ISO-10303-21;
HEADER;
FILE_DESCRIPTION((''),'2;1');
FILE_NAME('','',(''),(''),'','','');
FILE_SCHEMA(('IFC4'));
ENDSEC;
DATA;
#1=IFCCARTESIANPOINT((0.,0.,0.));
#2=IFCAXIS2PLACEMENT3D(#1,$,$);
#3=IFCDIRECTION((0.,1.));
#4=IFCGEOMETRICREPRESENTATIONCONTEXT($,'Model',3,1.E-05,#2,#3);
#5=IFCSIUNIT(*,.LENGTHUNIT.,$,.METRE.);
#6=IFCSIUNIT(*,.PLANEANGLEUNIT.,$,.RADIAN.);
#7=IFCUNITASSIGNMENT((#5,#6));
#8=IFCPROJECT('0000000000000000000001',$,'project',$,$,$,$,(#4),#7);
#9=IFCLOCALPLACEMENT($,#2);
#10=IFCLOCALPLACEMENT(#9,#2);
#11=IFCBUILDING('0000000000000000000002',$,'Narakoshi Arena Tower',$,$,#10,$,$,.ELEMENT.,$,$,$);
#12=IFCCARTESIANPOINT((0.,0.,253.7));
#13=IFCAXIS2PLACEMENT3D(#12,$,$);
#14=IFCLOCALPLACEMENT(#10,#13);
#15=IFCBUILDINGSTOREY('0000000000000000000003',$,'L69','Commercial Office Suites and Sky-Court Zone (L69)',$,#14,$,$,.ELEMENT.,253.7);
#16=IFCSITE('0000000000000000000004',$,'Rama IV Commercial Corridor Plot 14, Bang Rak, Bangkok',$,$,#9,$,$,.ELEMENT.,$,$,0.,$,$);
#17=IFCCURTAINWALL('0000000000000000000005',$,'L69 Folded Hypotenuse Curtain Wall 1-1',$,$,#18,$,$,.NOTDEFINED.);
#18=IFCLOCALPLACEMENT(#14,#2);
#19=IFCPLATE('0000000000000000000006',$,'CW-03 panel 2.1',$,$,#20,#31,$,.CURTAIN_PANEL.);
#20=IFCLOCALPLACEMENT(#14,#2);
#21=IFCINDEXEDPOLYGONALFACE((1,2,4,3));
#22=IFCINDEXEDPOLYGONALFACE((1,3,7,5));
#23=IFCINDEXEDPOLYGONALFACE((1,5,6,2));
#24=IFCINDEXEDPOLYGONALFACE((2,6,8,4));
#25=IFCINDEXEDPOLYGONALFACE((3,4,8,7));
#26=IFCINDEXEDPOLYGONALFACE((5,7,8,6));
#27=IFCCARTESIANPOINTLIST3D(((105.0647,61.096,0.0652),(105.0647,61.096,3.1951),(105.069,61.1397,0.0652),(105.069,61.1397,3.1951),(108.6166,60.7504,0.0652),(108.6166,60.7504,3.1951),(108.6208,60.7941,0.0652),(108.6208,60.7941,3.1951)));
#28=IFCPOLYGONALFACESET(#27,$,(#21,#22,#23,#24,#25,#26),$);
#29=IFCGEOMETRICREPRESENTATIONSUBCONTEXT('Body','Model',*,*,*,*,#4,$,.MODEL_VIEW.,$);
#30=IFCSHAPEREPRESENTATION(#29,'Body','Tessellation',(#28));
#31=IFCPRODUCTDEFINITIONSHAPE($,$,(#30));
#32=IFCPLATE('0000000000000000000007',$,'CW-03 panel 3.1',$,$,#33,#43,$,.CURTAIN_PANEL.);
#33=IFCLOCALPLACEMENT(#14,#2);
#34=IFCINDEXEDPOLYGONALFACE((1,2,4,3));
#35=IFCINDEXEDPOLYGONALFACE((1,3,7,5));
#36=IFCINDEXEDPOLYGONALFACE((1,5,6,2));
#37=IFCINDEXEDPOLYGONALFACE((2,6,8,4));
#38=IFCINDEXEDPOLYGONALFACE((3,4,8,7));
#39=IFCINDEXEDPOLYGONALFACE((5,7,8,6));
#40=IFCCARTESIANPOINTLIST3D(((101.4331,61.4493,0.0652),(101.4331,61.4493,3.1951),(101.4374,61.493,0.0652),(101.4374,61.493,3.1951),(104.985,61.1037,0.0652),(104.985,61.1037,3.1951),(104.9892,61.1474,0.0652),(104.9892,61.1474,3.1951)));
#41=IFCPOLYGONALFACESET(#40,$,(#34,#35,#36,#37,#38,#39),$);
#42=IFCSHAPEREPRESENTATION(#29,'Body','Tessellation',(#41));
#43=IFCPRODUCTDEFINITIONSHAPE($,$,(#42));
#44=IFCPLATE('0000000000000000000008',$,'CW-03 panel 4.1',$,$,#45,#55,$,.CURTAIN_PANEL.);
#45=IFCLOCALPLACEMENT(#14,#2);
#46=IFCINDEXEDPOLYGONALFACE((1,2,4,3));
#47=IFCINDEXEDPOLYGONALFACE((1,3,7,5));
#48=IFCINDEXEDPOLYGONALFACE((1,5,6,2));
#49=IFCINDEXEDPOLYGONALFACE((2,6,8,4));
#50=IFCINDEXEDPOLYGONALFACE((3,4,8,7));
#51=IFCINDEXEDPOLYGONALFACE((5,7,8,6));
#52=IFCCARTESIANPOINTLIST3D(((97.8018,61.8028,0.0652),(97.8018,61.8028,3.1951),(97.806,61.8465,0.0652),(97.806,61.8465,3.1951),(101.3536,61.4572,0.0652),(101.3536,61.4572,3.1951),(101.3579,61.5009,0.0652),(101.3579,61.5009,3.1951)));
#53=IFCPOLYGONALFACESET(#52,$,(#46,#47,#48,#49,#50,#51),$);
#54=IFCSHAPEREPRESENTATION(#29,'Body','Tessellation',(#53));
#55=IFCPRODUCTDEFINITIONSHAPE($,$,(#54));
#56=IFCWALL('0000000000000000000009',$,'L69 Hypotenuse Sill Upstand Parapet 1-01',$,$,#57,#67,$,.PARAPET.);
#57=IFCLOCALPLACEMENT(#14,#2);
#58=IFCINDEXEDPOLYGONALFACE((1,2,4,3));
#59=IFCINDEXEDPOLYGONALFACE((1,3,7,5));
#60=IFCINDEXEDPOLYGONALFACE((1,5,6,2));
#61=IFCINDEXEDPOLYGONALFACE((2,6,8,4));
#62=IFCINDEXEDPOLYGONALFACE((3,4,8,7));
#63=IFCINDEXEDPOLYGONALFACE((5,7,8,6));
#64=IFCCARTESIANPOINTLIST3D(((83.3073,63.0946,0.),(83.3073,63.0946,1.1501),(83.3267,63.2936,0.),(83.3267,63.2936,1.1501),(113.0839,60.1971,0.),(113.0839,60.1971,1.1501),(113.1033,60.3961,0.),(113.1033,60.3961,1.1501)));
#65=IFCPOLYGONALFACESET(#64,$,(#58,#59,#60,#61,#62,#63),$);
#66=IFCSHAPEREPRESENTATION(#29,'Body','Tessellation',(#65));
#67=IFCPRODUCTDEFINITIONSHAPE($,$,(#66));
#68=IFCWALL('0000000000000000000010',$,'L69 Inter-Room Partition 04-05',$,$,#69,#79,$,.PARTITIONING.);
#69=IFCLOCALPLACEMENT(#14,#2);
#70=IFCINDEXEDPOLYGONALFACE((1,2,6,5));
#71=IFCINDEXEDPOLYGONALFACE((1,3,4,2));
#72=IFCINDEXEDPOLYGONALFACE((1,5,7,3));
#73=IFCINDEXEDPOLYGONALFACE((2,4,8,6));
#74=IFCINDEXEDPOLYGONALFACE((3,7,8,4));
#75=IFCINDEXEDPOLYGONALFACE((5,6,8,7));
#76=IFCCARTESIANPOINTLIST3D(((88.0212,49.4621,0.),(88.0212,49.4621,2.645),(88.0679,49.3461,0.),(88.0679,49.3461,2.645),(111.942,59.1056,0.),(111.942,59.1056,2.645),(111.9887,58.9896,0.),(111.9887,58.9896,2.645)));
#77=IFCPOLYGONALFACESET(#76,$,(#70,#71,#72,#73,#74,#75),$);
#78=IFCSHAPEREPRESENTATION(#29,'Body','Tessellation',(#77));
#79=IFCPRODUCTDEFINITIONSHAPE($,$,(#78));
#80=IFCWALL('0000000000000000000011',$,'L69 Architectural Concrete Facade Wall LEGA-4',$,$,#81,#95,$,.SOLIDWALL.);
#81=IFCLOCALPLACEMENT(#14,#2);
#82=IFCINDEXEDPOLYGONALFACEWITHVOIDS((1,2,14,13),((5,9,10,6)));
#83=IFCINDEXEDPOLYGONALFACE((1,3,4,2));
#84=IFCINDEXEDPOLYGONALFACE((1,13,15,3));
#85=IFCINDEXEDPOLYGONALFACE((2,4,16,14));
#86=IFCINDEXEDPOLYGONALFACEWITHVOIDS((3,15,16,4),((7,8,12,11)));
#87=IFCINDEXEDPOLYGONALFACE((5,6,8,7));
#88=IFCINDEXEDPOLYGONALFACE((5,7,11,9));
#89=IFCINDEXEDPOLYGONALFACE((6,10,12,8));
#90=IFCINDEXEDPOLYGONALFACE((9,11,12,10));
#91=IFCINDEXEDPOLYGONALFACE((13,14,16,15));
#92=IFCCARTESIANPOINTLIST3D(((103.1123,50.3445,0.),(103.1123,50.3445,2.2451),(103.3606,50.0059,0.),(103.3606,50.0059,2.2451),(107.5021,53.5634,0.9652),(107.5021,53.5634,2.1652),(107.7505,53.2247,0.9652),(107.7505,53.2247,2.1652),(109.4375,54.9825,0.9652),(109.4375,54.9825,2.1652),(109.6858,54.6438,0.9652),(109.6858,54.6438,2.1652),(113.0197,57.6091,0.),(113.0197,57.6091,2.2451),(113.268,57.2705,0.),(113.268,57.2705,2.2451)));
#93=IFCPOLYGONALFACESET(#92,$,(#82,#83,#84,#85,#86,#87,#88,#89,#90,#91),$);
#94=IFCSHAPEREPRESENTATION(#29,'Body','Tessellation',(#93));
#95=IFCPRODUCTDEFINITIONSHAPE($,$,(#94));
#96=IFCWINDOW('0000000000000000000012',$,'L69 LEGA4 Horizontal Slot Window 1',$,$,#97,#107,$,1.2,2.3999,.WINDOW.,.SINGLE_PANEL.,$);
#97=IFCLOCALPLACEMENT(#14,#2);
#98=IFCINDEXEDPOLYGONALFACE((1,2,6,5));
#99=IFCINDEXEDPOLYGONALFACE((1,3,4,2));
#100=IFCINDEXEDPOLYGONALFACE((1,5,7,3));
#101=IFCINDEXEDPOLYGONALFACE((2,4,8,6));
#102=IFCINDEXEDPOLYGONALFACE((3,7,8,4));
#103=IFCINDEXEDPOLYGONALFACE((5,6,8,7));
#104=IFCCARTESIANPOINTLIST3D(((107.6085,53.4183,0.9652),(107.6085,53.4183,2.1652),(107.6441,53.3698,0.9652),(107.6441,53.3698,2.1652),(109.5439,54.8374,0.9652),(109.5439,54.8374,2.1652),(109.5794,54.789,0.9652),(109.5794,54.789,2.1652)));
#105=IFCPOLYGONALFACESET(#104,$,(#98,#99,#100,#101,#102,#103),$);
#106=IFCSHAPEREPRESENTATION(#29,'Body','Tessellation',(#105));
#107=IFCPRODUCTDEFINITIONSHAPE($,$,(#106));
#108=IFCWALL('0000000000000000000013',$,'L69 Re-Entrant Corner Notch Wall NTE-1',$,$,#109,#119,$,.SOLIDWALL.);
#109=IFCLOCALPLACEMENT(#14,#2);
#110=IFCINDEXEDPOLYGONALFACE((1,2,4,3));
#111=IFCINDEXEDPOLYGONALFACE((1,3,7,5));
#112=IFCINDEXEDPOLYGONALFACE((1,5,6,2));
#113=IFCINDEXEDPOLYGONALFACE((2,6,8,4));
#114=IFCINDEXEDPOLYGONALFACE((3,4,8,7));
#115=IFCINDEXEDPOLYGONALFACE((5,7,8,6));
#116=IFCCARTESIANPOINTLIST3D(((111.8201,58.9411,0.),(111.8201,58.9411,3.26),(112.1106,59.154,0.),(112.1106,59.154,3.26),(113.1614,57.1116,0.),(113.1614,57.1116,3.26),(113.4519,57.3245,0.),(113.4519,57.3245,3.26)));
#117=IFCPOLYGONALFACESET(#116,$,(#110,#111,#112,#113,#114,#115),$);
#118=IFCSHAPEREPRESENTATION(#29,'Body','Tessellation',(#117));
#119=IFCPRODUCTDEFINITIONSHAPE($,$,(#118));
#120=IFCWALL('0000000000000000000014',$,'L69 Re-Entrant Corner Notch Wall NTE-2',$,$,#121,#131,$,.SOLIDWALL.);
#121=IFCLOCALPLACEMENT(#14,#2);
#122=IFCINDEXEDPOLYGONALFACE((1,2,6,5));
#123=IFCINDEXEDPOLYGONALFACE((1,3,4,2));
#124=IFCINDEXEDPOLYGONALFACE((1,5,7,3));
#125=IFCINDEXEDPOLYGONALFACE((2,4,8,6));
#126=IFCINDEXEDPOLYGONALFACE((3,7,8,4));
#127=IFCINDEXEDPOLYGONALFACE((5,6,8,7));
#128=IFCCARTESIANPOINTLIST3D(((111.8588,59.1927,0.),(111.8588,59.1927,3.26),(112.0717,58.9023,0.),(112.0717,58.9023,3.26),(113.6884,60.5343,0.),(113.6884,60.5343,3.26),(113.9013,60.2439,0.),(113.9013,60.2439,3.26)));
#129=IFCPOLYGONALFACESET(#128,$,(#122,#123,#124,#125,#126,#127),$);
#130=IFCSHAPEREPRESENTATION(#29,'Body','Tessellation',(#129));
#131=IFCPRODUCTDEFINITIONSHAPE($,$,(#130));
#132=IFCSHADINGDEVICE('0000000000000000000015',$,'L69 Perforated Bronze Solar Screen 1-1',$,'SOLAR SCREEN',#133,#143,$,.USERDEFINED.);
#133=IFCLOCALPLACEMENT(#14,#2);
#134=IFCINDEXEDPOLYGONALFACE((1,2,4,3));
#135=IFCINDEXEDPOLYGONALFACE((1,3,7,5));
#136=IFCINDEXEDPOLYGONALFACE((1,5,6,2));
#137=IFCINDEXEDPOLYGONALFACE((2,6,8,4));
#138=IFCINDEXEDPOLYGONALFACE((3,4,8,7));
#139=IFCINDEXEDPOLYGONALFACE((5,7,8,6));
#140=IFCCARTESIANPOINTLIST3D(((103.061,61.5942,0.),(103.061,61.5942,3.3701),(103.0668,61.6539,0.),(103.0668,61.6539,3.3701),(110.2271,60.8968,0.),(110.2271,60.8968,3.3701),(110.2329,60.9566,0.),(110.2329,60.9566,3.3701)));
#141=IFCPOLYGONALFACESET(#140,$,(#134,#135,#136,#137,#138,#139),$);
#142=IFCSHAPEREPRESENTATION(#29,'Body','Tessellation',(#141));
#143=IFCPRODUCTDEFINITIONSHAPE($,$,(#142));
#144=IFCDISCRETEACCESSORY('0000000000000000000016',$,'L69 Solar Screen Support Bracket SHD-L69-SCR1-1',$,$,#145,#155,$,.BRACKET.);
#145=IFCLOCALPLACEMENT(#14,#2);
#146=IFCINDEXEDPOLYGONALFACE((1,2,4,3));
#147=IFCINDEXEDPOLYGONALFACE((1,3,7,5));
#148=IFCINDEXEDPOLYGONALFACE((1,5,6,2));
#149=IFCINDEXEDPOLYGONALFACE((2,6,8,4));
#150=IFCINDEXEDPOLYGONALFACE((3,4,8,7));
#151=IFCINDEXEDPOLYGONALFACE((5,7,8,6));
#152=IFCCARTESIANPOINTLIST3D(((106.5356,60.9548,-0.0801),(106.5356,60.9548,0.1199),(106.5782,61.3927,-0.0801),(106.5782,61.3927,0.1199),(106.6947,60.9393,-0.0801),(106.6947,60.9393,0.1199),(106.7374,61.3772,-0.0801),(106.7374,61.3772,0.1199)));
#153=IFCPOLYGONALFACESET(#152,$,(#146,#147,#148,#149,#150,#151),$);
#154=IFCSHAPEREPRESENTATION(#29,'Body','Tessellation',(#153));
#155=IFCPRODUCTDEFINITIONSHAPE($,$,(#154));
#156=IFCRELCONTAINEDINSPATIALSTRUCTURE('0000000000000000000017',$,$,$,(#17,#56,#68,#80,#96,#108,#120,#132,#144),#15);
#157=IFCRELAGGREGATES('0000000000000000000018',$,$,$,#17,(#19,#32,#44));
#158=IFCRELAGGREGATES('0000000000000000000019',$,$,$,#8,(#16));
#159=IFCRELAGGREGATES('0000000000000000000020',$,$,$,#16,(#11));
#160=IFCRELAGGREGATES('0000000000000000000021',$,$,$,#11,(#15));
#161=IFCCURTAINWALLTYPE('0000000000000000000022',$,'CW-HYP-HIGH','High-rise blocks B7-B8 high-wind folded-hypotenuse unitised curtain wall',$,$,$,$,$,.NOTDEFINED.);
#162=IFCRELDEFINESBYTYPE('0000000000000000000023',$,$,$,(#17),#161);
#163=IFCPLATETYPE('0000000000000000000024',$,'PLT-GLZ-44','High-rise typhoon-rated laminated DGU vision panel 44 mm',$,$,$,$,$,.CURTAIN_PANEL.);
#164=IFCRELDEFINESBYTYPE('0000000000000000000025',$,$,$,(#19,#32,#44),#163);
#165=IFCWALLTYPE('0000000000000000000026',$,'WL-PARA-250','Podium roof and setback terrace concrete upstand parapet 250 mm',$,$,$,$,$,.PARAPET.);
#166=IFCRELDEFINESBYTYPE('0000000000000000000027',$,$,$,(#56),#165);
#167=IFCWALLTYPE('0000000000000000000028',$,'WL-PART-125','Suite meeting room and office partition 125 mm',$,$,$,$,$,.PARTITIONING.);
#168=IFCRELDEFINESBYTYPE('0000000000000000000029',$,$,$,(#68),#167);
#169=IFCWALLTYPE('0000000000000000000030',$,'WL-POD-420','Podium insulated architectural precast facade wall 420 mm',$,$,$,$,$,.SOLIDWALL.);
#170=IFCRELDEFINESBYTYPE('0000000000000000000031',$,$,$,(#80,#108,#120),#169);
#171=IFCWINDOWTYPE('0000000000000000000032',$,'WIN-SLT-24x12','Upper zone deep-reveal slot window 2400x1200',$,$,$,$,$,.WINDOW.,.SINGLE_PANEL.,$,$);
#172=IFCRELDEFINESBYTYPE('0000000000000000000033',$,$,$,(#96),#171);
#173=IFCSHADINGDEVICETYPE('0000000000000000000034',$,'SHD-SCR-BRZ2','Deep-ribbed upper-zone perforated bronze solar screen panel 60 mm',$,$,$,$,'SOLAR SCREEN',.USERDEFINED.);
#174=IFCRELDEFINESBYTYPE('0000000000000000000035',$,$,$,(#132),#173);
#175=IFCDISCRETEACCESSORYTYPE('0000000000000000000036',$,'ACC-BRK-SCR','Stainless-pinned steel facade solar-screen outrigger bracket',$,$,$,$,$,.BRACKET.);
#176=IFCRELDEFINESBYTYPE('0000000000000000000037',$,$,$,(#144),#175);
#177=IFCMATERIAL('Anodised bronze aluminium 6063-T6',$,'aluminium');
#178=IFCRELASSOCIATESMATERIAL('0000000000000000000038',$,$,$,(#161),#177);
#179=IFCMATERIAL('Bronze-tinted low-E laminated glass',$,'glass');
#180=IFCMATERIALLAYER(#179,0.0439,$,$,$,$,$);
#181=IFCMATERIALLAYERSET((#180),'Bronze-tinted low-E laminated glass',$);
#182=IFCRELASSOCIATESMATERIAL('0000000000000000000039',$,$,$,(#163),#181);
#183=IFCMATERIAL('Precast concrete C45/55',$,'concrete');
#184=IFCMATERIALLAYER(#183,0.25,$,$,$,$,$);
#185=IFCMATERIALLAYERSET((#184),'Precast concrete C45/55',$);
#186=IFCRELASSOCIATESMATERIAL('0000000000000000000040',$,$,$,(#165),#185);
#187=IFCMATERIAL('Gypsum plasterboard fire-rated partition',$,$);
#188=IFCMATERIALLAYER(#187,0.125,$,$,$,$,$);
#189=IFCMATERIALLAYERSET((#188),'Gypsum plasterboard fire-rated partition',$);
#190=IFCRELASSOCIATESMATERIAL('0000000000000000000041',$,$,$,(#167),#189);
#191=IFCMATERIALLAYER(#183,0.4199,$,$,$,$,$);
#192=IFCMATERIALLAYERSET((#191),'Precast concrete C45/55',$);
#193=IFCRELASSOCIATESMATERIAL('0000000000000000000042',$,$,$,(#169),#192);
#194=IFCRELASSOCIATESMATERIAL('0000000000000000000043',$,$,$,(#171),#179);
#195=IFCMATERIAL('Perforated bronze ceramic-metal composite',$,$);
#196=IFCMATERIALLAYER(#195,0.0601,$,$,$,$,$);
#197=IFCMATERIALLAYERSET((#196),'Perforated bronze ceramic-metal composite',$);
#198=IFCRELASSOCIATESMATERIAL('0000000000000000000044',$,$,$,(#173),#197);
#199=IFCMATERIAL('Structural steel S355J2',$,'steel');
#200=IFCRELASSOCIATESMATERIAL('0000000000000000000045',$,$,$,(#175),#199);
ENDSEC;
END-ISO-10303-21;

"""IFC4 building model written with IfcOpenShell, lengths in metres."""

from ifc_helpers import new_model, si_unit, direction, frame, frame_2d, origin, origin_2d, place, context, subcontext, project, spatial, rectangle, extrude, material, layer, layer_set, type_object, element, fill, aggregate, save


model = new_model("IFC4")

# Units and contexts
model_context = context("Model", 3, precision=1e-05, world=origin(), true_north=direction((0.0, 1.0)))
body_context = subcontext(model_context, "Body", "Model", "MODEL_VIEW")
ifc_project = project(units=[si_unit("LENGTHUNIT", "METRE"), si_unit("PLANEANGLEUNIT", "RADIAN")], contexts=[model_context])

# Site, building, storey
site_placement = place(None, origin())
site = spatial("IfcSite", under=ifc_project, at=site_placement, Name="Rama IV Commercial Corridor Plot 14, Bang Rak, Bangkok", CompositionType="ELEMENT", RefElevation=0.0)
building_placement = place(site_placement, origin())
building = spatial("IfcBuilding", under=site, at=building_placement, Name="Narakoshi Arena Tower", CompositionType="ELEMENT")
storey_placement = place(building_placement, frame((0.0, 0.0, 253.7)))
storey = spatial("IfcBuildingStorey", under=building, at=storey_placement, Name="L69", Description="Commercial Office Suites and Sky-Court Zone (L69)", CompositionType="ELEMENT", Elevation=253.7)

# Shared definitions
ifc_material_1 = material(Name="Structural steel S355J2", Category="steel")

# Curtain wall, plates
ifc_material_2 = material(Name="Anodised bronze aluminium 6063-T6", Category="aluminium")
curtain_wall_type = type_object("IfcCurtainWallType", Name="CW-HYP-HIGH", Description="High-rise blocks B7-B8 high-wind folded-hypotenuse unitised curtain wall", PredefinedType="NOTDEFINED", material=ifc_material_2)
curtain_wall_placement = place(storey_placement, origin())
curtain_wall = element("IfcCurtainWall", 1, at=curtain_wall_placement, inside=storey, type_object=curtain_wall_type, Name="L69 Folded Hypotenuse Curtain Wall 1-1", PredefinedType="NOTDEFINED")
ifc_material_3 = material(Name="Bronze-tinted low-E laminated glass", Category="glass")
ifc_layer_1 = layer(ifc_material_3, 0.0439)
ifc_layer_set_1 = layer_set([ifc_layer_1], Name="Bronze-tinted low-E laminated glass")
plate_type = type_object("IfcPlateType", Name="PLT-GLZ-44", Description="High-rise typhoon-rated laminated DGU vision panel 44 mm", PredefinedType="CURTAIN_PANEL", material=ifc_layer_set_1)
plate_1_placement = place(storey_placement, frame((106.8428, 60.9451, 0.0652), z_axis=(0.0, 0.0, 1.0), x_axis=(-0.995299, 0.096851, 0.0)))
plate_1 = element("IfcPlate", 2, at=plate_1_placement, type_object=plate_type, Name="CW-03 panel 2.1", PredefinedType="CURTAIN_PANEL", context=body_context, shape_type="SweptSolid", body=[
    extrude(rectangle(XDim=3.5686, YDim=0.0439, at=origin_2d()), origin(), (0.0, 0.0, 1.0), 3.1299),
])
plate_2_placement = place(storey_placement, frame((103.2112, 61.2983, 0.0652), z_axis=(0.0, 0.0, 1.0), x_axis=(-0.995299, 0.096851, 0.0)))
plate_2 = element("IfcPlate", 3, at=plate_2_placement, type_object=plate_type, Name="CW-03 panel 3.1", PredefinedType="CURTAIN_PANEL", context=body_context, shape_type="SweptSolid", body=[
    extrude(rectangle(XDim=3.5686, YDim=0.0439, at=origin_2d()), origin(), (0.0, 0.0, 1.0), 3.1299),
])
plate_3_placement = place(storey_placement, frame((99.5798, 61.6519, 0.0652), z_axis=(0.0, 0.0, 1.0), x_axis=(-0.995299, 0.096851, 0.0)))
plate_3 = element("IfcPlate", 4, at=plate_3_placement, type_object=plate_type, Name="CW-03 panel 4.1", PredefinedType="CURTAIN_PANEL", context=body_context, shape_type="SweptSolid", body=[
    extrude(rectangle(XDim=3.5686, YDim=0.0439, at=origin_2d()), origin(), (0.0, 0.0, 1.0), 3.1299),
])
aggregate(curtain_wall, [plate_1, plate_2, plate_3])

# Walls
ifc_material_4 = material(Name="Precast concrete C45/55", Category="concrete")
ifc_layer_2 = layer(ifc_material_4, 0.25)
ifc_layer_set_2 = layer_set([ifc_layer_2], Name="Precast concrete C45/55")
wall_type_1 = type_object("IfcWallType", Name="WL-PARA-250", Description="Podium roof and setback terrace concrete upstand parapet 250 mm", PredefinedType="PARAPET", material=ifc_layer_set_2)
wall_1_placement = place(storey_placement, frame((113.0935, 60.2966, 0.0), z_axis=(0.0, 0.0, 1.0), x_axis=(-0.995299, 0.096849, 0.0)))
element("IfcWall", 5, at=wall_1_placement, inside=storey, type_object=wall_type_1, Name="L69 Hypotenuse Sill Upstand Parapet 1-01", PredefinedType="PARAPET", context=body_context, shape_type="SweptSolid", body=[
    extrude(rectangle(XDim=29.9172, YDim=0.2, at=frame_2d((14.9585, 0.0))), origin(), (0.0, 0.0, 1.0), 1.1501),
])
ifc_material_5 = material(Name="Gypsum plasterboard fire-rated partition")
ifc_layer_3 = layer(ifc_material_5, 0.125)
ifc_layer_set_3 = layer_set([ifc_layer_3], Name="Gypsum plasterboard fire-rated partition")
wall_type_2 = type_object("IfcWallType", Name="WL-PART-125", Description="Suite meeting room and office partition 125 mm", PredefinedType="PARTITIONING", material=ifc_layer_set_3)
wall_2_placement = place(storey_placement, frame((111.9653, 59.0476, 0.0), z_axis=(0.0, 0.0, 1.0), x_axis=(-0.927468, -0.373903, 0.0)))
element("IfcWall", 6, at=wall_2_placement, inside=storey, type_object=wall_type_2, Name="L69 Inter-Room Partition 04-05", PredefinedType="PARTITIONING", context=body_context, shape_type="SweptSolid", body=[
    extrude(rectangle(XDim=25.7915, YDim=0.125, at=frame_2d((12.8958, 0.0))), origin(), (0.0, 0.0, 1.0), 2.645),
])

# Wall, opening, window
ifc_layer_4 = layer(ifc_material_4, 0.4199)
ifc_layer_set_4 = layer_set([ifc_layer_4], Name="Precast concrete C45/55")
wall_type_3 = type_object("IfcWallType", Name="WL-POD-420", Description="Podium insulated architectural precast facade wall 420 mm", PredefinedType="SOLIDWALL", material=ifc_layer_set_4)
wall_3_placement = place(storey_placement, frame((103.2366, 50.1753, 0.0), z_axis=(0.0, 0.0, 1.0), x_axis=(0.806437, 0.59132, 0.0)))
wall_3 = element("IfcWall", 7, at=wall_3_placement, inside=storey, type_object=wall_type_3, Name="L69 Architectural Concrete Facade Wall LEGA-4", PredefinedType="SOLIDWALL", context=body_context, shape_type="SweptSolid", body=[
    extrude(rectangle(XDim=12.2854, YDim=0.4199, at=frame_2d((6.1426, 0.0))), origin(), (0.0, 0.0, 1.0), 2.2451),
])
opening_placement = place(wall_3_placement, frame((5.4434, 0.0, 0.9651)))
opening = element("IfcOpeningElement", 8, at=opening_placement, cuts=wall_3, PredefinedType="OPENING", context=body_context, shape_type="SweptSolid", body=[
    extrude(rectangle(XDim=2.3999, YDim=1.2, at=frame_2d((1.2, 0.6001))), frame((0.0, 0.22, 0.0), z_axis=(0.0, -1.0, 0.0), x_axis=(1.0, 0.0, 0.0)), (0.0, 0.0, 1.0), 0.4399),
])
window_type = type_object("IfcWindowType", Name="WIN-SLT-24x12", Description="Upper zone deep-reveal slot window 2400x1200", PartitioningType="SINGLE_PANEL", PredefinedType="WINDOW", material=ifc_material_3)
window_placement = place(opening_placement, origin())
window = element("IfcWindow", 9, at=window_placement, inside=storey, type_object=window_type, Name="L69 LEGA4 Horizontal Slot Window 1", OverallHeight=1.2, OverallWidth=2.3999, PartitioningType="SINGLE_PANEL", PredefinedType="WINDOW", context=body_context, shape_type="SweptSolid", body=[
    extrude(rectangle(XDim=2.3999, YDim=1.2, at=frame_2d((1.2, 0.6001))), frame((0.0, 0.03, 0.0), z_axis=(0.0, -1.0, 0.0), x_axis=(1.0, 0.0, 0.0)), (0.0, 0.0, 1.0), 0.0601),
])
fill(opening, window)

# Walls
wall_4_placement = place(storey_placement, frame((113.3066, 57.218, 0.0), z_axis=(0.0, 0.0, 1.0), x_axis=(-0.591252, 0.806487, 0.0)))
element("IfcWall", 10, at=wall_4_placement, inside=storey, type_object=wall_type_3, Name="L69 Re-Entrant Corner Notch Wall NTE-1", PredefinedType="SOLIDWALL", context=body_context, shape_type="SweptSolid", body=[
    extrude(rectangle(XDim=2.2686, YDim=0.3601, at=frame_2d((1.1343, 0.0))), origin(), (0.0, 0.0, 1.0), 3.26),
])
wall_5_placement = place(storey_placement, frame((111.9653, 59.0476, 0.0), z_axis=(0.0, 0.0, 1.0), x_axis=(0.806436, 0.591322, 0.0)))
element("IfcWall", 11, at=wall_5_placement, inside=storey, type_object=wall_type_3, Name="L69 Re-Entrant Corner Notch Wall NTE-2", PredefinedType="SOLIDWALL", context=body_context, shape_type="SweptSolid", body=[
    extrude(rectangle(XDim=2.2688, YDim=0.3601, at=frame_2d((1.1343, 0.0))), origin(), (0.0, 0.0, 1.0), 3.26),
])

# Shading device
ifc_material_6 = material(Name="Perforated bronze ceramic-metal composite")
ifc_layer_5 = layer(ifc_material_6, 0.0601)
ifc_layer_set_5 = layer_set([ifc_layer_5], Name="Perforated bronze ceramic-metal composite")
shading_device_type = type_object("IfcShadingDeviceType", Name="SHD-SCR-BRZ2", Description="Deep-ribbed upper-zone perforated bronze solar screen panel 60 mm", ElementType="SOLAR SCREEN", PredefinedType="USERDEFINED", material=ifc_layer_set_5)
shading_device_placement = place(storey_placement, frame((106.647, 61.2754, 0.0), z_axis=(0.0, 0.0, 1.0), x_axis=(-0.995299, 0.096853, 0.0)))
element("IfcShadingDevice", 12, at=shading_device_placement, inside=storey, type_object=shading_device_type, Name="L69 Perforated Bronze Solar Screen 1-1", ObjectType="SOLAR SCREEN", PredefinedType="USERDEFINED", context=body_context, shape_type="SweptSolid", body=[
    extrude(rectangle(XDim=7.2, YDim=0.0601, at=origin_2d()), origin(), (0.0, 0.0, 1.0), 3.3701),
])

# Discrete accessory
discrete_accessory_type = type_object("IfcDiscreteAccessoryType", Name="ACC-BRK-SCR", Description="Stainless-pinned steel facade solar-screen outrigger bracket", PredefinedType="BRACKET", material=ifc_material_1)
discrete_accessory_placement = place(storey_placement, frame((106.6365, 61.166, -0.0801), z_axis=(0.0, 0.0, 1.0), x_axis=(-0.995299, 0.096853, 0.0)))
element("IfcDiscreteAccessory", 13, at=discrete_accessory_placement, inside=storey, type_object=discrete_accessory_type, Name="L69 Solar Screen Support Bracket SHD-L69-SCR1-1", PredefinedType="BRACKET", context=body_context, shape_type="SweptSolid", body=[
    extrude(rectangle(XDim=0.1599, YDim=0.4399, at=origin_2d()), origin(), (0.0, 0.0, 1.0), 0.2),
])

save(model, "model.ifc")
